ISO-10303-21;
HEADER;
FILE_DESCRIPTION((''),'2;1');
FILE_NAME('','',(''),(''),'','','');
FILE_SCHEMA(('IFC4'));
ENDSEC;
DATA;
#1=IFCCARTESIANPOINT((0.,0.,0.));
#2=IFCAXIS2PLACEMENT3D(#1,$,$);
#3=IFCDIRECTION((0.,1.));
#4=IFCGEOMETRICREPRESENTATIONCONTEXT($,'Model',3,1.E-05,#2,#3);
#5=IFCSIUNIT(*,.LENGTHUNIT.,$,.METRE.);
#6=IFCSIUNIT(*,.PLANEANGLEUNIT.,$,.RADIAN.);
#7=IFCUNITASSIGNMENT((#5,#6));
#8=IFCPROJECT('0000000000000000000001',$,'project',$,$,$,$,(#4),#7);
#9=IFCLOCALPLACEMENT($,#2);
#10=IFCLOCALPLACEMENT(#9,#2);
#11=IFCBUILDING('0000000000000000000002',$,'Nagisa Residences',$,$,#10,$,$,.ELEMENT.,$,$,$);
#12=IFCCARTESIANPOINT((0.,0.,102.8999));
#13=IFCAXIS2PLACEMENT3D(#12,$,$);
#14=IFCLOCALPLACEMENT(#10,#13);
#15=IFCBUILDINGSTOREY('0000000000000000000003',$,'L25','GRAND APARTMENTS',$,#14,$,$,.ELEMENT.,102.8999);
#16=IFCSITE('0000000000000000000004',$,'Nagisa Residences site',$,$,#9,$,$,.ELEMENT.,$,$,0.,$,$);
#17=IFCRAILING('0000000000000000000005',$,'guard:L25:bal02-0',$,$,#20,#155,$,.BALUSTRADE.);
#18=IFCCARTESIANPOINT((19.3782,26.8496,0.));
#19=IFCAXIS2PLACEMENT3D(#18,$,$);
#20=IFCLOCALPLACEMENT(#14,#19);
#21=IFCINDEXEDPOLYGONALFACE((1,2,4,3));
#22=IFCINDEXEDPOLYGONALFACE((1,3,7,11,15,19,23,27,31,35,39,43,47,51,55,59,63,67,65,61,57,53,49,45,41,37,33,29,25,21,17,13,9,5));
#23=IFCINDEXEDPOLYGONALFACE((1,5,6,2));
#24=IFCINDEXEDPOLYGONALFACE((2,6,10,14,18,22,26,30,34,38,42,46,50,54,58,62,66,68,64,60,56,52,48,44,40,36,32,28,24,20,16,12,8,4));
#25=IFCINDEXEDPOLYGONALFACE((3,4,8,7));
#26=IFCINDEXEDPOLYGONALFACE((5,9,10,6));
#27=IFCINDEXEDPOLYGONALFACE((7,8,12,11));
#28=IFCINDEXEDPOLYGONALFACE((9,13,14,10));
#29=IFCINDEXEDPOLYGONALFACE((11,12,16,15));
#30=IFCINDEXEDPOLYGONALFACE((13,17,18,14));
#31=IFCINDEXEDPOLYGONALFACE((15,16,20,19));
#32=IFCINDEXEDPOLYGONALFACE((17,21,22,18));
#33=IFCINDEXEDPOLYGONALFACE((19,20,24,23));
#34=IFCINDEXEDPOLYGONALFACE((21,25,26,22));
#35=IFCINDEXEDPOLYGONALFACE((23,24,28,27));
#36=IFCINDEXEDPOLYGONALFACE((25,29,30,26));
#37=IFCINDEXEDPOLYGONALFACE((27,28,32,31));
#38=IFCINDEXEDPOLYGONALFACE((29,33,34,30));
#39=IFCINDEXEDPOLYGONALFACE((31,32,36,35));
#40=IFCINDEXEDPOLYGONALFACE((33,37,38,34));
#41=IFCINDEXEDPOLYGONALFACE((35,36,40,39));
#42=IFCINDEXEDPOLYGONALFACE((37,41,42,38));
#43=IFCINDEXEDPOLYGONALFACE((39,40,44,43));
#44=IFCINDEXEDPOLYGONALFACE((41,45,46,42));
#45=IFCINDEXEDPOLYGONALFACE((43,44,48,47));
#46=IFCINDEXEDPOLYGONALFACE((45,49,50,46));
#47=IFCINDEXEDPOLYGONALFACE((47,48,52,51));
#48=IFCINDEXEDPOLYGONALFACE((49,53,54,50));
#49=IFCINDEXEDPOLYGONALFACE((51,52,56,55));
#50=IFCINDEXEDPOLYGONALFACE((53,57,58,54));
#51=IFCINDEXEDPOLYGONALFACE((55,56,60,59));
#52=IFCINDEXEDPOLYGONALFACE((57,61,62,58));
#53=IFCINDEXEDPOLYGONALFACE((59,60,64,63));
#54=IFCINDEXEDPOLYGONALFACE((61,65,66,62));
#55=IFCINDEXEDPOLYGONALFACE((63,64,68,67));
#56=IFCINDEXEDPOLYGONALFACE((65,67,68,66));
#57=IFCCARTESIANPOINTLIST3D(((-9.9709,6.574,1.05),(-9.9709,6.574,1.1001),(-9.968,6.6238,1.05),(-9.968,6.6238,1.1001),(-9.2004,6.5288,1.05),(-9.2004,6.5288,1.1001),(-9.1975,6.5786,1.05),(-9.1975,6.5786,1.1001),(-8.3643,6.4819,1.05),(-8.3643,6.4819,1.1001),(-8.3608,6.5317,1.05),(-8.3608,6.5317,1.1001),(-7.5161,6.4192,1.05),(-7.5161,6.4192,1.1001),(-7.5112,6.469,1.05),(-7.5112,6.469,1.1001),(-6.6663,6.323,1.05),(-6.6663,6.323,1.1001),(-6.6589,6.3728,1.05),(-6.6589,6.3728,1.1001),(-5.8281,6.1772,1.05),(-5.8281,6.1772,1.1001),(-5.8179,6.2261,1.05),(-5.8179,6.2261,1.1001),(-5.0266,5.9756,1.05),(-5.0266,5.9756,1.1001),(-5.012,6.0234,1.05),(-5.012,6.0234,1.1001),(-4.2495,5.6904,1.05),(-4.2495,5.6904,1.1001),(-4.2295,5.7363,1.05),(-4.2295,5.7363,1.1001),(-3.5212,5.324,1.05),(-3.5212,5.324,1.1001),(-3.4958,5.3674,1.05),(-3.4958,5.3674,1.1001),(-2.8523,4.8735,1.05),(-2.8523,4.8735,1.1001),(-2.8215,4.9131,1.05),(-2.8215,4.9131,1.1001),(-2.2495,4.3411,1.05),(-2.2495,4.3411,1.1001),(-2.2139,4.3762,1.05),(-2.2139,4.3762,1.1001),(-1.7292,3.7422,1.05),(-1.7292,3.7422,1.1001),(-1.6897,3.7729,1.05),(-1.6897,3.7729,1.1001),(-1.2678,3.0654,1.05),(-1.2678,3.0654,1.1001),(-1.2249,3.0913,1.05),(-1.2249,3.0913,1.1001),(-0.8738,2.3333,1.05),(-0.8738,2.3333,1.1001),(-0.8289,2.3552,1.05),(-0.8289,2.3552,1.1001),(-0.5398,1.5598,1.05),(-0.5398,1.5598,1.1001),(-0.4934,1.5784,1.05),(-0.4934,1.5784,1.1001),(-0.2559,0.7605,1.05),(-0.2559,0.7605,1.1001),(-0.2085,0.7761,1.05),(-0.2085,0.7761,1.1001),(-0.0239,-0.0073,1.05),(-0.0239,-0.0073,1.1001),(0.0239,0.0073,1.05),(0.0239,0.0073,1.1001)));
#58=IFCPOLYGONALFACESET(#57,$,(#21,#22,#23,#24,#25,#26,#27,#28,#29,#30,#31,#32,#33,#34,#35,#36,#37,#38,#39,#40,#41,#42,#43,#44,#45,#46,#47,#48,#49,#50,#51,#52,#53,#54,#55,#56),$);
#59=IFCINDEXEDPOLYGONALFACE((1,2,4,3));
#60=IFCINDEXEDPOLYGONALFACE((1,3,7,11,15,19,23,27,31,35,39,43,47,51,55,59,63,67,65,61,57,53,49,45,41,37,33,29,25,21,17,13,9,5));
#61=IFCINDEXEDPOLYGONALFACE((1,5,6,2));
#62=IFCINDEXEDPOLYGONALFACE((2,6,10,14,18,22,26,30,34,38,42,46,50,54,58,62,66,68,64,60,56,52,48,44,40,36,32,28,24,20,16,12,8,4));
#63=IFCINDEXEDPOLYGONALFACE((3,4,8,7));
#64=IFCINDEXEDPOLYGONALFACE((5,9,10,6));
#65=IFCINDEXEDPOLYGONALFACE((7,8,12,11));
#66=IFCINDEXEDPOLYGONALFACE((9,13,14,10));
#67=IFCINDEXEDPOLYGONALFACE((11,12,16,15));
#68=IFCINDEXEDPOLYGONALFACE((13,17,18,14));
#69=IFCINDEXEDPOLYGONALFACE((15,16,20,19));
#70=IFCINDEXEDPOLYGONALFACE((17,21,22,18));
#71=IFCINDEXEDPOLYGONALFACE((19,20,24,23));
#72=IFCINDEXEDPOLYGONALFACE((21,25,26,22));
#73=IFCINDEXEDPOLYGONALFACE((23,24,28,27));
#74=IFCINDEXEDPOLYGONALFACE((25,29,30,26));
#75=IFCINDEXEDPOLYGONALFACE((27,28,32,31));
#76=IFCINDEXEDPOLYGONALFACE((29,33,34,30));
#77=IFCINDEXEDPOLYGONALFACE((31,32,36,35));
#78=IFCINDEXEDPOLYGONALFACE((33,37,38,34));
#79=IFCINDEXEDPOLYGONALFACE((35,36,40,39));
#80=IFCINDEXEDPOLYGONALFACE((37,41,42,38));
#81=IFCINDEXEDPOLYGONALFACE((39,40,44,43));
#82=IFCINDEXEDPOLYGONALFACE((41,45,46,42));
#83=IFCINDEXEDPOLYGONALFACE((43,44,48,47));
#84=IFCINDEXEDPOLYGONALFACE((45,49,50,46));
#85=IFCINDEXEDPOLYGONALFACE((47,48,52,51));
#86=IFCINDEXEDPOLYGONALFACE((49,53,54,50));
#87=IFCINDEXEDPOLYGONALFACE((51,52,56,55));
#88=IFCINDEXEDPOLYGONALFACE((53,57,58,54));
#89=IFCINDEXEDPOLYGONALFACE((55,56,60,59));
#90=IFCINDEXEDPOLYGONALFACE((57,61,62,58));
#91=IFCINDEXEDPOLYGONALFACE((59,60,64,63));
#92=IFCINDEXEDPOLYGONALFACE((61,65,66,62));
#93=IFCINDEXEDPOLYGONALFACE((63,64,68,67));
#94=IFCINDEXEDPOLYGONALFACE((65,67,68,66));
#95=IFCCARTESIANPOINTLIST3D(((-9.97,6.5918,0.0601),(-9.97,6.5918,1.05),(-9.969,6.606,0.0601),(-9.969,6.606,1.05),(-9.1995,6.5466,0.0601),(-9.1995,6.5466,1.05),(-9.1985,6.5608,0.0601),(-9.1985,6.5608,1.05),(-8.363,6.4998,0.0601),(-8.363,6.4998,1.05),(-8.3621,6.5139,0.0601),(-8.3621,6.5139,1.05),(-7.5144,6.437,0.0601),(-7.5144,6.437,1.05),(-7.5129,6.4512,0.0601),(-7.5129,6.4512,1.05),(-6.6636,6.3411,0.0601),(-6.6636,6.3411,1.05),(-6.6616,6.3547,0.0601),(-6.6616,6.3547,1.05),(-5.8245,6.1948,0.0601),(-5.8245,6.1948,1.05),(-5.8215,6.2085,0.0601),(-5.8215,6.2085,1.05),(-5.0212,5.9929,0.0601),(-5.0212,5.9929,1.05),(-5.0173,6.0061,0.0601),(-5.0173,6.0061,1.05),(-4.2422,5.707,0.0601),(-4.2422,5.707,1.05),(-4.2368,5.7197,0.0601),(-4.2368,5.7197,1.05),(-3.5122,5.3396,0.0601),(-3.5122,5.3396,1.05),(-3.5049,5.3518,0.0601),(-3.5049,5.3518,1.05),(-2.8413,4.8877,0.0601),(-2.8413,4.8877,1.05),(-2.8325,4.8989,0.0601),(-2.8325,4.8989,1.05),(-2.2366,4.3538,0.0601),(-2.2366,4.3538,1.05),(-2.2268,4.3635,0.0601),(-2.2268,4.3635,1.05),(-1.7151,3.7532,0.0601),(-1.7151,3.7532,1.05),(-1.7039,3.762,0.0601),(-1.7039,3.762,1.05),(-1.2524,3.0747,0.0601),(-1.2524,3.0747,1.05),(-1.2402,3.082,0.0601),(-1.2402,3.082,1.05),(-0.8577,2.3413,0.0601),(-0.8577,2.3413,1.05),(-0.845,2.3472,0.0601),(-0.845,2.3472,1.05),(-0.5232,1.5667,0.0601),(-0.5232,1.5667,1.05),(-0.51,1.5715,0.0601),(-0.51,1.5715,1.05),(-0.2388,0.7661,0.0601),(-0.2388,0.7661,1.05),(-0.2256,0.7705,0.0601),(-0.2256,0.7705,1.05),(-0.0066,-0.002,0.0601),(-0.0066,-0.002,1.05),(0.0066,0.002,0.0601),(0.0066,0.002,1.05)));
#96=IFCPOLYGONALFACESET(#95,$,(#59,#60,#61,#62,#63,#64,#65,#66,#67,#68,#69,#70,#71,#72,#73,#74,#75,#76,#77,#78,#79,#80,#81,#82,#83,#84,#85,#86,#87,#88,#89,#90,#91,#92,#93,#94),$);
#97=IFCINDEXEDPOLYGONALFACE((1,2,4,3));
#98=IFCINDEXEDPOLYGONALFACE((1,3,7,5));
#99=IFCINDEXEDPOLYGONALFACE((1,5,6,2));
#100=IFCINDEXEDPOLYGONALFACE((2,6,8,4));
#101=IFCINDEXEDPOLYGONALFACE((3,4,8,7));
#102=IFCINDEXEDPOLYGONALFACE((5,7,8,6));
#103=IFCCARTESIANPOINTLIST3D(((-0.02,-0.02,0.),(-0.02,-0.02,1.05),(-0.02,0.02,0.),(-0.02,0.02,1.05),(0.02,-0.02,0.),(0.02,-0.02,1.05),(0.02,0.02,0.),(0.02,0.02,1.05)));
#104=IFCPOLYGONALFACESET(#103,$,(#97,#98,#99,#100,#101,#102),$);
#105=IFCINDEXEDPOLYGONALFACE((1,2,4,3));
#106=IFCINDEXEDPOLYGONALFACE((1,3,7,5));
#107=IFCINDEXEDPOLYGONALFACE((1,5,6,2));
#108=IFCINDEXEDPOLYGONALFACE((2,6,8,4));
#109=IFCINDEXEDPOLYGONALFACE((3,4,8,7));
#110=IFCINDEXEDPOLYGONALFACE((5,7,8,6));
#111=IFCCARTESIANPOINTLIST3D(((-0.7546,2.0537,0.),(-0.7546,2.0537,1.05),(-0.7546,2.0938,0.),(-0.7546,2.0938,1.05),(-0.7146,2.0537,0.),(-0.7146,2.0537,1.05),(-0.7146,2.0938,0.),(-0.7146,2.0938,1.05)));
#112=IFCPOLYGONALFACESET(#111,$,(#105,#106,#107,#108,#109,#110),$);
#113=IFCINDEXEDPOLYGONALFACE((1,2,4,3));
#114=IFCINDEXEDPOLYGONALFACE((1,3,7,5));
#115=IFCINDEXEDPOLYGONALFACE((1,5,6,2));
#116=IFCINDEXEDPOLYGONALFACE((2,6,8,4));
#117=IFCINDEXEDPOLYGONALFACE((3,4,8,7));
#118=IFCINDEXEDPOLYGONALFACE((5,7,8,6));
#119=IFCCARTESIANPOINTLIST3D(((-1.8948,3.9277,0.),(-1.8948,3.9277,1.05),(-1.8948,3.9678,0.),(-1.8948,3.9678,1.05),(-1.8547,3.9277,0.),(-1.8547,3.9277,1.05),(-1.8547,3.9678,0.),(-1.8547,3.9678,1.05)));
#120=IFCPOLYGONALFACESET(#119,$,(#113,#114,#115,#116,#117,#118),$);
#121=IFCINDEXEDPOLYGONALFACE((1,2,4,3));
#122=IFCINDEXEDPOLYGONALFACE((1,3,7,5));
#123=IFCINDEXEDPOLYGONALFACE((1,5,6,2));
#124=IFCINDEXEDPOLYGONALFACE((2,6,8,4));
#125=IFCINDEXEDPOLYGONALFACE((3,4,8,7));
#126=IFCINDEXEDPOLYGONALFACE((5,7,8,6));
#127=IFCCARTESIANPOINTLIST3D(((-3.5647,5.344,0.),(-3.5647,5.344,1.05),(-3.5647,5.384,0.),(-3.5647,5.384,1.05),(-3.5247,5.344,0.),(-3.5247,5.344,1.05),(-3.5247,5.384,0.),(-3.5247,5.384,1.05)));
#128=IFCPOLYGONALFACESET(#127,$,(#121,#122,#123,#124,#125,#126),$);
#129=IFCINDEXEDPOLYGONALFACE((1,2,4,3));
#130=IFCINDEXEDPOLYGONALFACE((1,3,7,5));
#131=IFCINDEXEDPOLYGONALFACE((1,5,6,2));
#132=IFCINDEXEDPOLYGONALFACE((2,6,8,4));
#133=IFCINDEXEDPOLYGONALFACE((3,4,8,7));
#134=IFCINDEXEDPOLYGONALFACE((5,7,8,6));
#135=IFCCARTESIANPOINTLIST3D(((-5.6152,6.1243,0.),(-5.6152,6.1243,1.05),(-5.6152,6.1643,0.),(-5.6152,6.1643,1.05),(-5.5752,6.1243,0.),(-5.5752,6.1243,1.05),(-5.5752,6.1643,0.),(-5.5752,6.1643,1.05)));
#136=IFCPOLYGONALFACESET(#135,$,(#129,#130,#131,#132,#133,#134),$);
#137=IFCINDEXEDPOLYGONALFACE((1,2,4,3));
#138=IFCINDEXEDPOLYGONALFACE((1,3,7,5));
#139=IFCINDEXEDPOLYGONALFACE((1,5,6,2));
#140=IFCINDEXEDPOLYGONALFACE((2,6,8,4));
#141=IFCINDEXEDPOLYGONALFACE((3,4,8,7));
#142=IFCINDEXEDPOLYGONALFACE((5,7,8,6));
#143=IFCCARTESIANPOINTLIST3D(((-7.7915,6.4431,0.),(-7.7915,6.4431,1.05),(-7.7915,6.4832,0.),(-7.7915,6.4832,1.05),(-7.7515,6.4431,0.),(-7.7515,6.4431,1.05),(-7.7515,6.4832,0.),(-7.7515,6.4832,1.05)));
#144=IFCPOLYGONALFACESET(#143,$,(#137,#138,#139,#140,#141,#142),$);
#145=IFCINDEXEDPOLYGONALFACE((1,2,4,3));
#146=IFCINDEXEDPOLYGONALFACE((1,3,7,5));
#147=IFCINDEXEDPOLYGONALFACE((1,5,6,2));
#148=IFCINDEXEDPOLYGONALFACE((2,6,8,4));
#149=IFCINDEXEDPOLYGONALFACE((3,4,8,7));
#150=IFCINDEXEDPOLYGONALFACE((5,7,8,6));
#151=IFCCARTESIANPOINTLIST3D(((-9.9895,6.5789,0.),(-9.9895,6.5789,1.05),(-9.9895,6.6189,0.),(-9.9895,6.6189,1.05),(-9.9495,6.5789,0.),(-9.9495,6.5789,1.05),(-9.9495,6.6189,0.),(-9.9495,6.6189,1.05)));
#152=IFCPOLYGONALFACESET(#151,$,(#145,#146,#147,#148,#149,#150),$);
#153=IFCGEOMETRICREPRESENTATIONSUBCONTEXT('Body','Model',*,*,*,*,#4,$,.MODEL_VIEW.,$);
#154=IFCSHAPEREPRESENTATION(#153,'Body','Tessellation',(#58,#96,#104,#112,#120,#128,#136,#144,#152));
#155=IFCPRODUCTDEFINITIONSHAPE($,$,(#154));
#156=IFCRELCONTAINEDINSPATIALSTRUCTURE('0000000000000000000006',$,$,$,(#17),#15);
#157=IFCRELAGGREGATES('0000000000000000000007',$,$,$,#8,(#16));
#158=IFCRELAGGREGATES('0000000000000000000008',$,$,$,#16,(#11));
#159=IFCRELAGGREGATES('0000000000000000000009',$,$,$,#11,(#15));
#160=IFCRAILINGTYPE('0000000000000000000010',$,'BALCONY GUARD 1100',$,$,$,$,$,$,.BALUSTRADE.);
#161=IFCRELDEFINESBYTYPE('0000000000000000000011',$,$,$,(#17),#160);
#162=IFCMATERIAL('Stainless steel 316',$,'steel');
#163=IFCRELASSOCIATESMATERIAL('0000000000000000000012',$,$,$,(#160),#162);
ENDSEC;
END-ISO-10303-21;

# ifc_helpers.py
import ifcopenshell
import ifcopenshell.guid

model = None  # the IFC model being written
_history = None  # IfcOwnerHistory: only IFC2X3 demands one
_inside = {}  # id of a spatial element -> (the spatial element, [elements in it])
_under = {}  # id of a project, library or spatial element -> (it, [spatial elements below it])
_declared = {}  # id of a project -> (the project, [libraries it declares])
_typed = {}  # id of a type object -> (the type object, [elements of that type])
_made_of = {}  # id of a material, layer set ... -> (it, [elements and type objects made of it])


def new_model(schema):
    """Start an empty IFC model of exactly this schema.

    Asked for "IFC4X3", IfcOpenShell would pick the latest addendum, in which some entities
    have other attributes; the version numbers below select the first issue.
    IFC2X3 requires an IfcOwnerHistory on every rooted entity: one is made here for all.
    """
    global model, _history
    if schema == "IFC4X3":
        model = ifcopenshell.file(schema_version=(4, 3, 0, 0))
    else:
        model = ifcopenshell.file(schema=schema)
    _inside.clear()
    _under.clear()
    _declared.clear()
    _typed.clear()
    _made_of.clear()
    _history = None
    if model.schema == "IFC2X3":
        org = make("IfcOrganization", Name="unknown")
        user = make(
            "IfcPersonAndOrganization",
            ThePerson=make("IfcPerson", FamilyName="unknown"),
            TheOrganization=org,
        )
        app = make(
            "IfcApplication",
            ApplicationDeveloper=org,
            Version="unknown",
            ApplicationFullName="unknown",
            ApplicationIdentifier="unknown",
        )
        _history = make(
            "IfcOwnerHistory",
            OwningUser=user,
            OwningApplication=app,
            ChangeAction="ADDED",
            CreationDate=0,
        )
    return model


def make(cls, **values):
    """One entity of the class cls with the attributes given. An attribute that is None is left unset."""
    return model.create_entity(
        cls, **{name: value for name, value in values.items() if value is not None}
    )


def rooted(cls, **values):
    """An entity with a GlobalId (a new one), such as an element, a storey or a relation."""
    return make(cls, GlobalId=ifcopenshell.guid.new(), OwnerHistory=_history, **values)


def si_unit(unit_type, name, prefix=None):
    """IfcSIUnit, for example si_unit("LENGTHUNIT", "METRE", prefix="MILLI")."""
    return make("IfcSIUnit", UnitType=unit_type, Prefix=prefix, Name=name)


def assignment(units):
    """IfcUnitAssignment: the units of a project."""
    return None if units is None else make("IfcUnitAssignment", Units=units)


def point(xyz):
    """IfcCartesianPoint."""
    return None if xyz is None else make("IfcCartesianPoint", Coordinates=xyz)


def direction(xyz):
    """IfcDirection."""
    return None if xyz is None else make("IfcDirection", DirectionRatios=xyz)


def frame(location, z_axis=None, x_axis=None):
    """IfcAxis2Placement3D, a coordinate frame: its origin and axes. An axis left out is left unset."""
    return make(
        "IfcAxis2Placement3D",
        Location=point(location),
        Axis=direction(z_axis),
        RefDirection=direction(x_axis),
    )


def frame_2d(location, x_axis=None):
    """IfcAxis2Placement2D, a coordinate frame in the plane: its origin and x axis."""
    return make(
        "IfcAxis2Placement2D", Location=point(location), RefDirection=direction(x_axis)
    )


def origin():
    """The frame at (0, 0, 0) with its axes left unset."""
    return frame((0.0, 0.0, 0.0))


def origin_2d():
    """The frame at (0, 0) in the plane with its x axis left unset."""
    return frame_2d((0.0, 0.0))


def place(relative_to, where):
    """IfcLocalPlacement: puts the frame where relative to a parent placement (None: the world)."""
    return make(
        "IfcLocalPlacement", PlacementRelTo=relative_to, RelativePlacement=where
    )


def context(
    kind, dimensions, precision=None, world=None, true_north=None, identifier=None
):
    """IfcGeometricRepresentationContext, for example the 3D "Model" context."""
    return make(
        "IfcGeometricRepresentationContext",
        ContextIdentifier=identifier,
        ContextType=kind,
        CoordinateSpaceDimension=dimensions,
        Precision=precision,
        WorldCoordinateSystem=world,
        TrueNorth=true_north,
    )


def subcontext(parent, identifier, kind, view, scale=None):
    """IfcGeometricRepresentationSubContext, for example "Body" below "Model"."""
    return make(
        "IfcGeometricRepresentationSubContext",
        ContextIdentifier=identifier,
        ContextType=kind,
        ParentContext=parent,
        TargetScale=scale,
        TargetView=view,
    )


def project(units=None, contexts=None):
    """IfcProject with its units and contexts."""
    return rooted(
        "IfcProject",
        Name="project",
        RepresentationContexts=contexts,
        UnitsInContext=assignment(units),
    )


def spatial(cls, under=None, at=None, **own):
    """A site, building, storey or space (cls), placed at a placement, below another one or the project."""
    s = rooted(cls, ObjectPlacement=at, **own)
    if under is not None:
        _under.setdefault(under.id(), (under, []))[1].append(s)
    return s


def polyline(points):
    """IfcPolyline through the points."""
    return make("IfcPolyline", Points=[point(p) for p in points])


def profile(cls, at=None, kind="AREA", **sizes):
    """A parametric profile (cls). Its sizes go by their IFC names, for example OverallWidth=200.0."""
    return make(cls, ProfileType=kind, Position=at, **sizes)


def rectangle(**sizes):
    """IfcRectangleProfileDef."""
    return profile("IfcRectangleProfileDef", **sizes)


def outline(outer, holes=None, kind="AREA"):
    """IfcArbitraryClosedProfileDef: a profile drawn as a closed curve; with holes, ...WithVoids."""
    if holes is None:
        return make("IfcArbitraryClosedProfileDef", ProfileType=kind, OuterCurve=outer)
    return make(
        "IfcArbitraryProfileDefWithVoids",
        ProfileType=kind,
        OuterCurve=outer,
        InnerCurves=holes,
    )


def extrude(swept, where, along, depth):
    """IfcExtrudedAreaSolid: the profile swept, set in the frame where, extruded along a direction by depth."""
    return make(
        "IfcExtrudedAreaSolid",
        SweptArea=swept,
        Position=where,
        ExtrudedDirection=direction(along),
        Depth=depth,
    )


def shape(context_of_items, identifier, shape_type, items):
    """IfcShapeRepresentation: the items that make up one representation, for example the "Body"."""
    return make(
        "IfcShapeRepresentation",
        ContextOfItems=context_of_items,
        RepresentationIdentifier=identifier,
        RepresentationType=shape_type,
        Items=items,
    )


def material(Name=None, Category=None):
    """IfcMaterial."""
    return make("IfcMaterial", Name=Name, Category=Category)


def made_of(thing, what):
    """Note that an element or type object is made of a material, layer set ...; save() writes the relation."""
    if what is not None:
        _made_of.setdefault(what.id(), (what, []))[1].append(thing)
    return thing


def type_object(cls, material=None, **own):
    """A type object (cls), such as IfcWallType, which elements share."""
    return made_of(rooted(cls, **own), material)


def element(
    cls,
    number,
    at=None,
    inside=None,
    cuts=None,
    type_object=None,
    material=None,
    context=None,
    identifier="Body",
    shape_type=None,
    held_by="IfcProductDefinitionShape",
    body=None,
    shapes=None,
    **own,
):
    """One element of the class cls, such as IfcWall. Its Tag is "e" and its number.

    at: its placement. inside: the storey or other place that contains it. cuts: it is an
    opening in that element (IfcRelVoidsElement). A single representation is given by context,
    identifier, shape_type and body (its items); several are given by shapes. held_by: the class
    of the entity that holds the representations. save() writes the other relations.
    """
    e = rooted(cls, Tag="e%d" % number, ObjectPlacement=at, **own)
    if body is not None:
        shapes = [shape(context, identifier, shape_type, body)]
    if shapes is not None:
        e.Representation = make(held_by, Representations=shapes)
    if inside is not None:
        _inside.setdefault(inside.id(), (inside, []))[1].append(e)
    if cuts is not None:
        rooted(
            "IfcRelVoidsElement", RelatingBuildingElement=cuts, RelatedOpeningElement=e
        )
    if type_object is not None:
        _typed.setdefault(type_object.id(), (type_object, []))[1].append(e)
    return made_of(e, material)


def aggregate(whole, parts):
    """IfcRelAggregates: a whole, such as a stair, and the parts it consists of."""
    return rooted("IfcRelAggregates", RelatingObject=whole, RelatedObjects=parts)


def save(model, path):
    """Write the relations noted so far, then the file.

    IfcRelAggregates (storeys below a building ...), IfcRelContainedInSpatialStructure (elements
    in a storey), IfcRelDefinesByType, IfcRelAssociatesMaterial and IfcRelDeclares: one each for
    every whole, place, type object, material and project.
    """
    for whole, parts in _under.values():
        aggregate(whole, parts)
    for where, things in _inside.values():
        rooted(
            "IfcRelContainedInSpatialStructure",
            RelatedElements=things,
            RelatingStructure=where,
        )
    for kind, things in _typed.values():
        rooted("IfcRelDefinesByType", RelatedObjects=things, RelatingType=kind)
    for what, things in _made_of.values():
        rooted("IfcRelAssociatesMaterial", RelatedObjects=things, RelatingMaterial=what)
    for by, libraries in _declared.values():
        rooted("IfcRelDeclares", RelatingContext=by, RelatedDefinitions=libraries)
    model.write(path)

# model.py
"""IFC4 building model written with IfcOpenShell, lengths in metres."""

from ifc_helpers import new_model, si_unit, direction, frame, origin, origin_2d, place, context, subcontext, project, spatial, polyline, rectangle, outline, extrude, material, type_object, element, save


model = new_model("IFC4")

# Units and contexts
model_context = context("Model", 3, precision=1e-05, world=origin(), true_north=direction((0.0, 1.0)))
body_context = subcontext(model_context, "Body", "Model", "MODEL_VIEW")
ifc_project = project(units=[si_unit("LENGTHUNIT", "METRE"), si_unit("PLANEANGLEUNIT", "RADIAN")], contexts=[model_context])

# Site, building, storey
site_placement = place(None, origin())
site = spatial("IfcSite", under=ifc_project, at=site_placement, Name="Nagisa Residences site", CompositionType="ELEMENT", RefElevation=0.0)
building_placement = place(site_placement, origin())
building = spatial("IfcBuilding", under=site, at=building_placement, Name="Nagisa Residences", CompositionType="ELEMENT")
storey_placement = place(building_placement, frame((0.0, 0.0, 102.8999)))
storey = spatial("IfcBuildingStorey", under=building, at=storey_placement, Name="L25", Description="GRAND APARTMENTS", CompositionType="ELEMENT", Elevation=102.8999)

# Railing
ifc_material_1 = material(Name="Stainless steel 316", Category="steel")
railing_type = type_object("IfcRailingType", Name="BALCONY GUARD 1100", PredefinedType="BALUSTRADE", material=ifc_material_1)
railing_1_placement = place(storey_placement, frame((19.3782, 26.8496, 0.0)))
element("IfcRailing", 1, at=railing_1_placement, inside=storey, type_object=railing_type, Name="guard:L25:bal02-0", PredefinedType="BALUSTRADE", context=body_context, shape_type="SweptSolid", body=[
    extrude(outline(polyline([(-0.2559, 0.7605), (-0.0239, -0.0073), (0.0239, 0.0073), (-0.2085, 0.7761), (-0.4934, 1.5784), (-0.8289, 2.3552), (-1.2249, 3.0913), (-1.6897, 3.7729), (-2.2139, 4.3762), (-2.8215, 4.9131), (-3.4958, 5.3674), (-4.2295, 5.7363), (-5.012, 6.0234), (-5.8179, 6.2261), (-6.6589, 6.3728), (-7.5112, 6.469), (-8.3608, 6.5317), (-9.1975, 6.5786), (-9.968, 6.6238), (-9.9709, 6.574), (-9.2004, 6.5288), (-8.3643, 6.4819), (-7.5161, 6.4192), (-6.6663, 6.323), (-5.8281, 6.1772), (-5.0266, 5.9756), (-4.2495, 5.6904), (-3.5212, 5.324), (-2.8523, 4.8735), (-2.2495, 4.3411), (-1.7292, 3.7422), (-1.2678, 3.0654), (-0.8738, 2.3333), (-0.5398, 1.5598), (-0.2559, 0.7605)])), frame((0.0, 0.0, 1.05)), (0.0, 0.0, 1.0), 0.05),
    extrude(outline(polyline([(-0.2388, 0.7661), (-0.0066, -0.002), (0.0066, 0.002), (-0.2256, 0.7705), (-0.51, 1.5715), (-0.845, 2.3472), (-1.2402, 3.082), (-1.7039, 3.762), (-2.2268, 4.3635), (-2.8325, 4.8989), (-3.5049, 5.3518), (-4.2368, 5.7197), (-5.0173, 6.0061), (-5.8215, 6.2085), (-6.6616, 6.3547), (-7.5129, 6.4512), (-8.3621, 6.5139), (-9.1985, 6.5608), (-9.969, 6.606), (-9.97, 6.5918), (-9.1995, 6.5466), (-8.363, 6.4998), (-7.5144, 6.437), (-6.6636, 6.3411), (-5.8245, 6.1948), (-5.0212, 5.9929), (-4.2422, 5.707), (-3.5122, 5.3396), (-2.8413, 4.8877), (-2.2366, 4.3538), (-1.7151, 3.7532), (-1.2524, 3.0747), (-0.8577, 2.3413), (-0.5232, 1.5667), (-0.2388, 0.7661)])), frame((0.0, 0.0, 0.0601)), (0.0, 0.0, 1.0), 0.99),
    extrude(rectangle(XDim=0.04, YDim=0.04, at=origin_2d()), origin(), (0.0, 0.0, 1.0), 1.05),
    extrude(rectangle(XDim=0.04, YDim=0.04, at=origin_2d()), frame((-0.7346, 2.0737, 0.0)), (0.0, 0.0, 1.0), 1.05),
    extrude(rectangle(XDim=0.04, YDim=0.04, at=origin_2d()), frame((-1.8748, 3.9478, 0.0)), (0.0, 0.0, 1.0), 1.05),
    extrude(rectangle(XDim=0.04, YDim=0.04, at=origin_2d()), frame((-3.5447, 5.364, 0.0)), (0.0, 0.0, 1.0), 1.05),
    extrude(rectangle(XDim=0.04, YDim=0.04, at=origin_2d()), frame((-5.5952, 6.1443, 0.0)), (0.0, 0.0, 1.0), 1.05),
    extrude(rectangle(XDim=0.04, YDim=0.04, at=origin_2d()), frame((-7.7715, 6.4631, 0.0)), (0.0, 0.0, 1.0), 1.05),
    extrude(rectangle(XDim=0.04, YDim=0.04, at=origin_2d()), frame((-9.9695, 6.5989, 0.0)), (0.0, 0.0, 1.0), 1.05),
])

save(model, "model.ifc")
